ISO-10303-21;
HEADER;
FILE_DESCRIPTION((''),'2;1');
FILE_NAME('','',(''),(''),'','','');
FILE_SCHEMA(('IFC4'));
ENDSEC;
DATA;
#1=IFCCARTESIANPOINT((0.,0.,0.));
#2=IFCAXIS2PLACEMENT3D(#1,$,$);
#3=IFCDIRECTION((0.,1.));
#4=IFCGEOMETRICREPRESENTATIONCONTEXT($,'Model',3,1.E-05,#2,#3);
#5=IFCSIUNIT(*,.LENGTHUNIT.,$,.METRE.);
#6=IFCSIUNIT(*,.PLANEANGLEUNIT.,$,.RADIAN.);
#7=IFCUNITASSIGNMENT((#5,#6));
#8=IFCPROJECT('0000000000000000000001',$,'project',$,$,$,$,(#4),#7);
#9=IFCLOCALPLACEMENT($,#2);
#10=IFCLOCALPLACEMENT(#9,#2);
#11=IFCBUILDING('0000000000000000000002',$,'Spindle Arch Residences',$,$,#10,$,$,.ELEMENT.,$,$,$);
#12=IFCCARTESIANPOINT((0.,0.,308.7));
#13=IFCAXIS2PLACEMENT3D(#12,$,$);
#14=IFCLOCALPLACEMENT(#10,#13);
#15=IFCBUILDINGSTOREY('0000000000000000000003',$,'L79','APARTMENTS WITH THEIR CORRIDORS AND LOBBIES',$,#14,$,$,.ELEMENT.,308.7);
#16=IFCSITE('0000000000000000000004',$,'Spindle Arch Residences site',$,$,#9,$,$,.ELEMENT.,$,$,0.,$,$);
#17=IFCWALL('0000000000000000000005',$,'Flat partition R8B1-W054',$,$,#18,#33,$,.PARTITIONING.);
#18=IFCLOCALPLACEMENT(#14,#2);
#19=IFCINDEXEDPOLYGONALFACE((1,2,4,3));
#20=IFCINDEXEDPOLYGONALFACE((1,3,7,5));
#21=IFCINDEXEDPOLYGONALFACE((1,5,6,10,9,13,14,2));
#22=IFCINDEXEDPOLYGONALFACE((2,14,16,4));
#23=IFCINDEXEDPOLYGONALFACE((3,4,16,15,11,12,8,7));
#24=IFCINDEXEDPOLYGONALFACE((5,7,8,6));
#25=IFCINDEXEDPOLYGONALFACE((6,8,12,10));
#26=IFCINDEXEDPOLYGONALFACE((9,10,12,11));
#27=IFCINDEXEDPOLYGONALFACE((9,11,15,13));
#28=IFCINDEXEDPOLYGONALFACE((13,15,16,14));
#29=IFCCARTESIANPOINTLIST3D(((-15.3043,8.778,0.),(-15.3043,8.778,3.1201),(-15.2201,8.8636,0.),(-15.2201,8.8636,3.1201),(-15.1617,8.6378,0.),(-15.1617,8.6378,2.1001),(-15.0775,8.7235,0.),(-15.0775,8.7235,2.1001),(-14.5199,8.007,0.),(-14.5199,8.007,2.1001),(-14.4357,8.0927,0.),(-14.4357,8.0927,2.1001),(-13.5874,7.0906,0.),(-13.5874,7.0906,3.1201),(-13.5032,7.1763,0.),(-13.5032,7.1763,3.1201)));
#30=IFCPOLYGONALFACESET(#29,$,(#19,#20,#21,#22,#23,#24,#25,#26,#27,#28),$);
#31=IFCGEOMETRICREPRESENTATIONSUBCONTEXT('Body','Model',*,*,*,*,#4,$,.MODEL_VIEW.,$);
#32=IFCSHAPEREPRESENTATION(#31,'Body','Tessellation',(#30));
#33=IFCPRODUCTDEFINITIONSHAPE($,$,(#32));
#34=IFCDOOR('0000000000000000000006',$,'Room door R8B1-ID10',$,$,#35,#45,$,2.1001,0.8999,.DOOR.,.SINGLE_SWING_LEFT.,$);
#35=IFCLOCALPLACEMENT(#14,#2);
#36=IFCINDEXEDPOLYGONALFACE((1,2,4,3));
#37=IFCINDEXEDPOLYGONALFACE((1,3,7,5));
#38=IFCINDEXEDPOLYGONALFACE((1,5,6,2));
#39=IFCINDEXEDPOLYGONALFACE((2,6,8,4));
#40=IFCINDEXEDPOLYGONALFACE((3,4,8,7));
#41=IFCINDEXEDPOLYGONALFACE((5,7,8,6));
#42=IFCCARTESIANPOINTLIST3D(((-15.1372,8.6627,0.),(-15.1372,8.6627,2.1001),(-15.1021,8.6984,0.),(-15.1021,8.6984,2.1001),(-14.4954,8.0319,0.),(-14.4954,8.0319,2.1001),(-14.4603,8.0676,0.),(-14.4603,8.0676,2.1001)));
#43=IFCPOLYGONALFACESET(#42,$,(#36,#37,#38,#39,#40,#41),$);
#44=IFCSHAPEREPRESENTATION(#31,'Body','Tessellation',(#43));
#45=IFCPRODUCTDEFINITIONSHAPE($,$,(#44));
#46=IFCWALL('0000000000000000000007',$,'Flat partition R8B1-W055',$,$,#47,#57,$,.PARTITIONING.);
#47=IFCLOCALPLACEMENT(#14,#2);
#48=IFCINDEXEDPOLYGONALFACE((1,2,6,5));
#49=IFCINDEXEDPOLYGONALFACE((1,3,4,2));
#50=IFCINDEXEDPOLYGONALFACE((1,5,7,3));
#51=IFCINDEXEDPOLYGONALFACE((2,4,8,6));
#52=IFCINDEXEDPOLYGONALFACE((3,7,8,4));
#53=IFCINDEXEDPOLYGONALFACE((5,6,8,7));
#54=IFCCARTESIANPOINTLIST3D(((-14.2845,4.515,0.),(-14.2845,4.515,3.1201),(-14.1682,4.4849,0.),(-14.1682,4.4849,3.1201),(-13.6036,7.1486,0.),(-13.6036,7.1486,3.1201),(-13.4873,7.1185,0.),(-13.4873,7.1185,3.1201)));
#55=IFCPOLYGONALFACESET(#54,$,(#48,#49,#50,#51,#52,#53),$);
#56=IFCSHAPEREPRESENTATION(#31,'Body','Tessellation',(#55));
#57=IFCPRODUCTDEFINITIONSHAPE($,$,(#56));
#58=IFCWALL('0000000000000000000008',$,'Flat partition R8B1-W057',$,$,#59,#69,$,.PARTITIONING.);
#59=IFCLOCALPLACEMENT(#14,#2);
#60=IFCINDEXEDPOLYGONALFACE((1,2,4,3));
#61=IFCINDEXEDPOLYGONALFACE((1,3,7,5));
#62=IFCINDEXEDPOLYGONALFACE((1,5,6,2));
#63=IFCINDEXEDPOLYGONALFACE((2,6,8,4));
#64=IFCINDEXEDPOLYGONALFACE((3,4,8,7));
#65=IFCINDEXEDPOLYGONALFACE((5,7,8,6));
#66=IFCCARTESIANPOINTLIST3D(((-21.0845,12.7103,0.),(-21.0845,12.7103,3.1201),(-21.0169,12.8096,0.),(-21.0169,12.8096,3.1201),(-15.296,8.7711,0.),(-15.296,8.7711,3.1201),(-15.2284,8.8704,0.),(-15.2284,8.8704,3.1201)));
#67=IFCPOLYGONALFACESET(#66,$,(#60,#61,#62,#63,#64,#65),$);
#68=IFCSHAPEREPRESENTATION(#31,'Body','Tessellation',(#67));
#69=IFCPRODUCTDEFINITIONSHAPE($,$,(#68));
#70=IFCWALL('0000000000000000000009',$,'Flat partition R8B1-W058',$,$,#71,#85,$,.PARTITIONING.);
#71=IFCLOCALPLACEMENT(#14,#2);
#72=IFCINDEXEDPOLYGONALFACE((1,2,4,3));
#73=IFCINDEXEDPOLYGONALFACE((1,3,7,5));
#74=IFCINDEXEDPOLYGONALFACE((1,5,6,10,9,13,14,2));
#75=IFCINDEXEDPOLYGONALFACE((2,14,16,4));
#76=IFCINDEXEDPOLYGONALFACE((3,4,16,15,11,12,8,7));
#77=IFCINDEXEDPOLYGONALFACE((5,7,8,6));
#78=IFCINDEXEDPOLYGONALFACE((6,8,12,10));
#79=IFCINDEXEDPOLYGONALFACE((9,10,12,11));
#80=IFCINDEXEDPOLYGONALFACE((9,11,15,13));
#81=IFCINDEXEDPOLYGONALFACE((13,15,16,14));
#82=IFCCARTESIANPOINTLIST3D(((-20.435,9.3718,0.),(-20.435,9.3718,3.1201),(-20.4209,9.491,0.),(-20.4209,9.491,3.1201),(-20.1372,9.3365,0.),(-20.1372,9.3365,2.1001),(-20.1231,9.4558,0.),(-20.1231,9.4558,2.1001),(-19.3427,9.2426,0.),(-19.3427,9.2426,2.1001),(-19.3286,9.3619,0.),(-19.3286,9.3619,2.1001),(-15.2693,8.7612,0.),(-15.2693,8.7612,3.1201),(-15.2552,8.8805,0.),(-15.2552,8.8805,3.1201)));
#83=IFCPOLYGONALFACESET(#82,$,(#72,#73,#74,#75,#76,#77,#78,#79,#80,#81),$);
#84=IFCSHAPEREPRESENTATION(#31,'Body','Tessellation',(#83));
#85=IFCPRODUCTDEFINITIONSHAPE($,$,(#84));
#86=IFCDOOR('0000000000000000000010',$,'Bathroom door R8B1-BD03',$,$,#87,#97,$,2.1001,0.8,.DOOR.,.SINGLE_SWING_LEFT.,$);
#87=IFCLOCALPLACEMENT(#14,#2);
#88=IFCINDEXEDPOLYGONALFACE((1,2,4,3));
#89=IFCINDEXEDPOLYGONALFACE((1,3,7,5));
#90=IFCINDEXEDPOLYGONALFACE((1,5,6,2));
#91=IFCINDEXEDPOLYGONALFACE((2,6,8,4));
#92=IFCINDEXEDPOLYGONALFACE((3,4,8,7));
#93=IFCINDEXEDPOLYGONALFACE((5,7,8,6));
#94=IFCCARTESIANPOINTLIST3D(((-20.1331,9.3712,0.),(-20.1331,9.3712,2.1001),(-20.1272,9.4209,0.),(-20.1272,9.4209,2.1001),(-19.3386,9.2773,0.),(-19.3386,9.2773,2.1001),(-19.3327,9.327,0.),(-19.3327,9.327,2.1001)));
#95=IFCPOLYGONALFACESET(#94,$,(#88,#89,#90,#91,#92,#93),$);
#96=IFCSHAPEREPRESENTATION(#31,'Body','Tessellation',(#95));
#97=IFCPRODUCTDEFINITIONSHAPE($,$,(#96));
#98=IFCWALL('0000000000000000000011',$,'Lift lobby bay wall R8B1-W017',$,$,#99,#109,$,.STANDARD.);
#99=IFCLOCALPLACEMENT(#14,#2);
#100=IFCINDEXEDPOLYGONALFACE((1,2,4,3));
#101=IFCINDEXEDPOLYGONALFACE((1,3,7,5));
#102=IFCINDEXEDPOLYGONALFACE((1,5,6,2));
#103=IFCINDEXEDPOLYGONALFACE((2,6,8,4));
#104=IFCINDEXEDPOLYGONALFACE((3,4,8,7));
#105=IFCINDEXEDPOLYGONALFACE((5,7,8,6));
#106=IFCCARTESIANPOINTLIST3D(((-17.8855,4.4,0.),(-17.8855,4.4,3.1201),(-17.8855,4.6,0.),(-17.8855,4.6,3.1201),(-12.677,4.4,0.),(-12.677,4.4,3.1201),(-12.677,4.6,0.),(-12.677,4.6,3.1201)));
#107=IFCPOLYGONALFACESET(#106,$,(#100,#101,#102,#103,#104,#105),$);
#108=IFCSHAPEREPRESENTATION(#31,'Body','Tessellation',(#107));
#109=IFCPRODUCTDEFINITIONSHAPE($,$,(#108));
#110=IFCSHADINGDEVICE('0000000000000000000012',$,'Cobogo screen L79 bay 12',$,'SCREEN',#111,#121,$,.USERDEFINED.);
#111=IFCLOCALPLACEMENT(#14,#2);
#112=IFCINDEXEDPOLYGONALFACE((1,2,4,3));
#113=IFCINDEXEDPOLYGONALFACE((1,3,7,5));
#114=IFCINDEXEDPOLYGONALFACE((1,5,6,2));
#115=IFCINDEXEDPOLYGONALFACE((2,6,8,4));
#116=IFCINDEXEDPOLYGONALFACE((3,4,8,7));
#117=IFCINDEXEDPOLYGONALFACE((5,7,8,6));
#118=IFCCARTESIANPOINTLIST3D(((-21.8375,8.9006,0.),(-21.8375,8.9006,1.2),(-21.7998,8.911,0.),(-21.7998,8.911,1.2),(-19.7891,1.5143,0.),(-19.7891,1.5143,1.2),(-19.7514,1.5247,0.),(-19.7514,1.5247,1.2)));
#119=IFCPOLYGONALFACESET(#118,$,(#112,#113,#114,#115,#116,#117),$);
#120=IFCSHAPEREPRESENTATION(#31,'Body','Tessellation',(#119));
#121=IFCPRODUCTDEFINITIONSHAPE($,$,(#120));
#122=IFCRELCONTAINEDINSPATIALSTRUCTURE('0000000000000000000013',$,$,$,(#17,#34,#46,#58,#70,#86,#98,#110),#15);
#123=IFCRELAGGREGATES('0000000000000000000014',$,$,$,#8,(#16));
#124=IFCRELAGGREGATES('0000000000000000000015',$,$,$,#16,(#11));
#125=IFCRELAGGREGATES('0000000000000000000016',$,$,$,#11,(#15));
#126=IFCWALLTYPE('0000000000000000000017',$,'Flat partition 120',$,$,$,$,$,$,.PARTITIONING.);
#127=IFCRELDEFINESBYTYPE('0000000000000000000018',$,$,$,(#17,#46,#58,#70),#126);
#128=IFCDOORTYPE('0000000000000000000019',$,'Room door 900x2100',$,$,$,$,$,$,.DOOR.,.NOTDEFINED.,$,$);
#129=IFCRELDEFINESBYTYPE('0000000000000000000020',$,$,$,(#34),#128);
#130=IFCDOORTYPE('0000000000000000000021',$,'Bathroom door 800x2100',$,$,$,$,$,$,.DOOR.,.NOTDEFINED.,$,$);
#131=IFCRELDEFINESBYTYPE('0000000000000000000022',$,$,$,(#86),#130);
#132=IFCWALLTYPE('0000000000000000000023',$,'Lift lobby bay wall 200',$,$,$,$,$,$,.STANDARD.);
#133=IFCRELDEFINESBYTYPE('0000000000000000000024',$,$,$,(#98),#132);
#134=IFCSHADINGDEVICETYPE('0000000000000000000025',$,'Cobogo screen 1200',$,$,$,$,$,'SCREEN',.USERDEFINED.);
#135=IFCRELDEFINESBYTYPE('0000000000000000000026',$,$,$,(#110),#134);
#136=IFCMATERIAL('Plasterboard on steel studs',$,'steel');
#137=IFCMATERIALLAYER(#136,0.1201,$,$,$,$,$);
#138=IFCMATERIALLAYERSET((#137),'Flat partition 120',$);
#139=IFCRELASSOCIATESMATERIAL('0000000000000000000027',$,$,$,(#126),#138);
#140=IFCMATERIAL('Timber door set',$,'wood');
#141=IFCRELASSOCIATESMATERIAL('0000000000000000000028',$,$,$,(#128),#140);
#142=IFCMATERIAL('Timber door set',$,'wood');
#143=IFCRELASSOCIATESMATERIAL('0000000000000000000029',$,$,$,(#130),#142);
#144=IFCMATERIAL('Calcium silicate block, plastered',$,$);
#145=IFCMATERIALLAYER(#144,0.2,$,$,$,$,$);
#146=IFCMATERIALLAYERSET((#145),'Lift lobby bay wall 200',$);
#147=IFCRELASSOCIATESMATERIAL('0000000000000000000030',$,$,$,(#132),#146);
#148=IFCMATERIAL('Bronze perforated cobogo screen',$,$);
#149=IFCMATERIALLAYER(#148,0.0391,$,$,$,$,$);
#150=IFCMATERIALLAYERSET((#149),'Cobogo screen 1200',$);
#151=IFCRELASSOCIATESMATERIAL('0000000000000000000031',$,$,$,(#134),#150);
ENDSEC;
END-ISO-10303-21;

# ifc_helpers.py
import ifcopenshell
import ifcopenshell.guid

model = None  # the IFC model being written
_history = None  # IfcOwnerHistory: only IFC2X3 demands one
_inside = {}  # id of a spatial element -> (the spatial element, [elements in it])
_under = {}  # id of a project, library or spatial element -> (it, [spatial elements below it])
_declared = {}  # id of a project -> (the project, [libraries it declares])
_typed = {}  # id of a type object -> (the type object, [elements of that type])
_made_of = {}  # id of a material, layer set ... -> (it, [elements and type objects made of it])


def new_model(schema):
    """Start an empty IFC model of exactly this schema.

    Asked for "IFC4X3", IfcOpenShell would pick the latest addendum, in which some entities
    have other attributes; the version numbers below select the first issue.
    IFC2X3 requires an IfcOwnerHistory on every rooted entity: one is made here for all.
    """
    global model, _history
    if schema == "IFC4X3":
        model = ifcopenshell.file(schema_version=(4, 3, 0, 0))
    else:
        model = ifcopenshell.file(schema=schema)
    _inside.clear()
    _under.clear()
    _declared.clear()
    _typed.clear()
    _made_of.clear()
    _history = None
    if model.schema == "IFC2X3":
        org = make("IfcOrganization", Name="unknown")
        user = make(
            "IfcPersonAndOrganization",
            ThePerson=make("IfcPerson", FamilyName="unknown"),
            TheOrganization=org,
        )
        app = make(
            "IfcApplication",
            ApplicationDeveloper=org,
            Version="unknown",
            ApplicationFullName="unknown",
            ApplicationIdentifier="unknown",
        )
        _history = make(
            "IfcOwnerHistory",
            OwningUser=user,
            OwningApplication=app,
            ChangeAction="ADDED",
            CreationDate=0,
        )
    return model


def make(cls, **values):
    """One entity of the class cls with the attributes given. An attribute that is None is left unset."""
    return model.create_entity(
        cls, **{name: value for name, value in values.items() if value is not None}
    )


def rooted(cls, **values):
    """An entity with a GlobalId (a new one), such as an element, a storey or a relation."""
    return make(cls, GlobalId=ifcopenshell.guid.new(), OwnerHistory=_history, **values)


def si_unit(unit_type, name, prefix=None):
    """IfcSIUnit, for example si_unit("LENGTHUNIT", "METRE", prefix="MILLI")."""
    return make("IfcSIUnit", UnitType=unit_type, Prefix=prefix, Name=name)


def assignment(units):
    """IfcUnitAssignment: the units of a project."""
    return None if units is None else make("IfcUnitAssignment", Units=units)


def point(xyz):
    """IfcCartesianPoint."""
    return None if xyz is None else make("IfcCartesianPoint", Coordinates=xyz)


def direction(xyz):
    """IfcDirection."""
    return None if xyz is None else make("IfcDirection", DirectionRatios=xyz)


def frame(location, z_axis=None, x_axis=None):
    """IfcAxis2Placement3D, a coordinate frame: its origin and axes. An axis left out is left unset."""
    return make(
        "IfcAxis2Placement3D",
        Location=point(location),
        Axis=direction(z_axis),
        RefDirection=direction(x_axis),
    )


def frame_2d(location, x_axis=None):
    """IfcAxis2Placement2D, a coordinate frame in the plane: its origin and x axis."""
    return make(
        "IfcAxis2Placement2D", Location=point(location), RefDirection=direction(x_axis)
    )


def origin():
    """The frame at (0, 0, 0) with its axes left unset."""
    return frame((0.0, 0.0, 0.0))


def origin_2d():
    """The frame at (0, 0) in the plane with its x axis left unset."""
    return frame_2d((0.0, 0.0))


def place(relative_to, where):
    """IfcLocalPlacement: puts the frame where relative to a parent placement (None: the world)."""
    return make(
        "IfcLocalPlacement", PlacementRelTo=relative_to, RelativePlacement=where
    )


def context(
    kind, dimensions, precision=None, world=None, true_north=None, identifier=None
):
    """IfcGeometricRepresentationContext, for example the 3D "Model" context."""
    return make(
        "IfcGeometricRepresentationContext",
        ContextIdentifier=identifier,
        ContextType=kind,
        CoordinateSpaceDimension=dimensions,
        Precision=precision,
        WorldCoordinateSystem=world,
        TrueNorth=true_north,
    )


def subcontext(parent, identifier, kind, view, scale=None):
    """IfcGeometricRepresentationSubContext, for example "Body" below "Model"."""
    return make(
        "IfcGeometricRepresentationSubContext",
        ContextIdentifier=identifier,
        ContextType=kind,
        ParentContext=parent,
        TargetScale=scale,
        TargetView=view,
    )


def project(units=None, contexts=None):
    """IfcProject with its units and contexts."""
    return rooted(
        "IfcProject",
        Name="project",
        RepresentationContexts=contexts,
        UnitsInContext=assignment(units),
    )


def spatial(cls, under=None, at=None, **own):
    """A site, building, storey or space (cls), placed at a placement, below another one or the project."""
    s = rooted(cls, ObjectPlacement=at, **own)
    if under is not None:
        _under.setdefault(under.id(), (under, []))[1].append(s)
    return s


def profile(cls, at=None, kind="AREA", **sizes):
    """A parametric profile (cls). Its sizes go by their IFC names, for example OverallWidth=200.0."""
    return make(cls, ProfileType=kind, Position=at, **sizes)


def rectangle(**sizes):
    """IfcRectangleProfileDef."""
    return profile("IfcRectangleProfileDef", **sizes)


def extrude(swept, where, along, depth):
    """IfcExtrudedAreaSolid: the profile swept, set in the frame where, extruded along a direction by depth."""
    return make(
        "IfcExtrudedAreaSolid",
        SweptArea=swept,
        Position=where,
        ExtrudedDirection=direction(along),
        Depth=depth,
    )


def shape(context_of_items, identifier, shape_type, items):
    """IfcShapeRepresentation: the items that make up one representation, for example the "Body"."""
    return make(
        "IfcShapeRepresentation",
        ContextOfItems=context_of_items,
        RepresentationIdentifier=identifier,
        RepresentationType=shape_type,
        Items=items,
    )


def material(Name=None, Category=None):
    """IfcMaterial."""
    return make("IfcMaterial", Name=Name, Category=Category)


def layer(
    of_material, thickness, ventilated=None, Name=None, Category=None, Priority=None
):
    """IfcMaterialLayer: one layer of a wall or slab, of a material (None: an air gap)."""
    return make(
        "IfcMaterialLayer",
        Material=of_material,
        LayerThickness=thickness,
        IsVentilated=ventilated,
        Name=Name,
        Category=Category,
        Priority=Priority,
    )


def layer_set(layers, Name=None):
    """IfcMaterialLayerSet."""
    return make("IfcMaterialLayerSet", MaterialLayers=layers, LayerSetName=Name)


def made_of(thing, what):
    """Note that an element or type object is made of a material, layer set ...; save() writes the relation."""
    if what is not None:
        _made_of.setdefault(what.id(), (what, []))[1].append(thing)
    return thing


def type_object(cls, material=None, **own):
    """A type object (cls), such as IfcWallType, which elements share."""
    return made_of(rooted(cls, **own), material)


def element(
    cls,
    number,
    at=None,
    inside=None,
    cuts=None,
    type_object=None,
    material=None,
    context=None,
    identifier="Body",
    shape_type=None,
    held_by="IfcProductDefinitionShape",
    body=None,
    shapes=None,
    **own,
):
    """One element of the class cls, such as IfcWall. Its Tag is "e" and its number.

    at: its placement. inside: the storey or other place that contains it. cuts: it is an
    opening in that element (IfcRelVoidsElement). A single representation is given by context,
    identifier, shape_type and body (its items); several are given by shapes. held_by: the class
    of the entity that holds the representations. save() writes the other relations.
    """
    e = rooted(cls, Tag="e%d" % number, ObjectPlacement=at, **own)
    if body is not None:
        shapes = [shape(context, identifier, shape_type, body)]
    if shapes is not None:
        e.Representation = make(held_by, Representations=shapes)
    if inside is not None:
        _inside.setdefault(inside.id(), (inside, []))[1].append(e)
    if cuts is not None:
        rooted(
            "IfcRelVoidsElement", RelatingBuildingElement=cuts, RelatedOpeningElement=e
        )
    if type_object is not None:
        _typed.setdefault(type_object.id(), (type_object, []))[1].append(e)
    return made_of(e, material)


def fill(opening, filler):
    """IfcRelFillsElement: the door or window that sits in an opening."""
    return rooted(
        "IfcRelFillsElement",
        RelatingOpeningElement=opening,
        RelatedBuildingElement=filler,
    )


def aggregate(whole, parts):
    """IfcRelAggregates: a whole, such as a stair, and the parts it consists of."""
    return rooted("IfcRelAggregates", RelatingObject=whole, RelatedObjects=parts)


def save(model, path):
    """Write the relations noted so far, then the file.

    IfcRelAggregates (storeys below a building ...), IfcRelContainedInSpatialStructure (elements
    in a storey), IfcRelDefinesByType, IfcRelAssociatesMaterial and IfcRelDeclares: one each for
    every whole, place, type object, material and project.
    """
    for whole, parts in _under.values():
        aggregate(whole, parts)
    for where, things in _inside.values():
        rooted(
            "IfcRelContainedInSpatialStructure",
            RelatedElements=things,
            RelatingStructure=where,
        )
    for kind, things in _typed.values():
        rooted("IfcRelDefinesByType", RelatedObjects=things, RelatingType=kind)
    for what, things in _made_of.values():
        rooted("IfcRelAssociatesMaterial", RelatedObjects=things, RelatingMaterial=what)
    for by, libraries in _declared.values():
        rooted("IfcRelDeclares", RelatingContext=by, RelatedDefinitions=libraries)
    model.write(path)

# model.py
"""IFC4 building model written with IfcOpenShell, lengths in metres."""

from ifc_helpers import new_model, si_unit, direction, frame, frame_2d, origin, origin_2d, place, context, subcontext, project, spatial, rectangle, extrude, material, layer, layer_set, type_object, element, fill, save


model = new_model("IFC4")

# Units and contexts
model_context = context("Model", 3, precision=1e-05, world=origin(), true_north=direction((0.0, 1.0)))
body_context = subcontext(model_context, "Body", "Model", "MODEL_VIEW")
ifc_project = project(units=[si_unit("LENGTHUNIT", "METRE"), si_unit("PLANEANGLEUNIT", "RADIAN")], contexts=[model_context])

# Site, building, storey
site_placement = place(None, origin())
site = spatial("IfcSite", under=ifc_project, at=site_placement, Name="Spindle Arch Residences site", CompositionType="ELEMENT", RefElevation=0.0)
building_placement = place(site_placement, origin())
building = spatial("IfcBuilding", under=site, at=building_placement, Name="Spindle Arch Residences", CompositionType="ELEMENT")
storey_placement = place(building_placement, frame((0.0, 0.0, 308.7)))
storey = spatial("IfcBuildingStorey", under=building, at=storey_placement, Name="L79", Description="APARTMENTS WITH THEIR CORRIDORS AND LOBBIES", CompositionType="ELEMENT", Elevation=308.7)

# Shared definitions
ifc_material_1 = material(Name="Plasterboard on steel studs", Category="steel")
ifc_layer_1 = layer(ifc_material_1, 0.1201)
ifc_layer_set_1 = layer_set([ifc_layer_1], Name="Flat partition 120")
wall_type_1 = type_object("IfcWallType", Name="Flat partition 120", PredefinedType="PARTITIONING", material=ifc_layer_set_1)

# Wall, opening, door
wall_1_placement = place(storey_placement, frame((-15.2622, 8.8208, 0.0), z_axis=(0.0, 0.0, 1.0), x_axis=(0.713216, -0.700944, 0.0)))
wall_1 = element("IfcWall", 1, at=wall_1_placement, inside=storey, type_object=wall_type_1, Name="Flat partition R8B1-W054", PredefinedType="PARTITIONING", context=body_context, shape_type="SweptSolid", body=[
    extrude(rectangle(XDim=2.4072, YDim=0.1201, at=frame_2d((1.2036, 0.0))), origin(), (0.0, 0.0, 1.0), 3.1201),
])
opening_1_placement = place(wall_1_placement, frame((0.2, 0.0, 0.0)))
opening_1 = element("IfcOpeningElement", 2, at=opening_1_placement, cuts=wall_1, PredefinedType="OPENING", context=body_context, shape_type="SweptSolid", body=[
    extrude(rectangle(XDim=0.8999, YDim=2.1001, at=frame_2d((0.45, 1.05))), frame((0.0, 0.0701, 0.0), z_axis=(0.0, -1.0, 0.0), x_axis=(1.0, 0.0, 0.0)), (0.0, 0.0, 1.0), 0.1401),
])
ifc_material_2 = material(Name="Timber door set", Category="wood")
door_type_1 = type_object("IfcDoorType", Name="Room door 900x2100", OperationType="NOTDEFINED", PredefinedType="DOOR", material=ifc_material_2)
door_1_placement = place(opening_1_placement, origin())
door_1 = element("IfcDoor", 3, at=door_1_placement, inside=storey, type_object=door_type_1, Name="Room door R8B1-ID10", OperationType="SINGLE_SWING_LEFT", OverallHeight=2.1001, OverallWidth=0.8999, PredefinedType="DOOR", context=body_context, shape_type="SweptSolid", body=[
    extrude(rectangle(XDim=0.8999, YDim=2.1001, at=frame_2d((0.45, 1.05))), frame((0.0, 0.0249, 0.0), z_axis=(0.0, -1.0, 0.0), x_axis=(1.0, 0.0, 0.0)), (0.0, 0.0, 1.0), 0.05),
])
fill(opening_1, door_1)

# Walls
wall_2_placement = place(storey_placement, frame((-13.5454, 7.1335, 0.0), z_axis=(0.0, 0.0, 1.0), x_axis=(-0.25032, -0.968163, 0.0)))
element("IfcWall", 4, at=wall_2_placement, inside=storey, type_object=wall_type_1, Name="Flat partition R8B1-W055", PredefinedType="PARTITIONING", context=body_context, shape_type="SweptSolid", body=[
    extrude(rectangle(XDim=2.7202, YDim=0.1201, at=frame_2d((1.3601, 0.0))), origin(), (0.0, 0.0, 1.0), 3.1201),
])
wall_3_placement = place(storey_placement, frame((-21.0508, 12.76, 0.0), z_axis=(0.0, 0.0, 1.0), x_axis=(0.826729, -0.562601, 0.0)))
element("IfcWall", 5, at=wall_3_placement, inside=storey, type_object=wall_type_1, Name="Flat partition R8B1-W057", PredefinedType="PARTITIONING", context=body_context, shape_type="SweptSolid", body=[
    extrude(rectangle(XDim=7.0017, YDim=0.1201, at=frame_2d((3.501, 0.0))), origin(), (0.0, 0.0, 1.0), 3.1201),
])

# Wall, opening, door
wall_4_placement = place(storey_placement, frame((-20.428, 9.4314, 0.0), z_axis=(0.0, 0.0, 1.0), x_axis=(0.993087, -0.117383, 0.0)))
wall_4 = element("IfcWall", 6, at=wall_4_placement, inside=storey, type_object=wall_type_1, Name="Flat partition R8B1-W058", PredefinedType="PARTITIONING", context=body_context, shape_type="SweptSolid", body=[
    extrude(rectangle(XDim=5.2017, YDim=0.1201, at=frame_2d((2.6008, 0.0))), origin(), (0.0, 0.0, 1.0), 3.1201),
])
opening_2_placement = place(wall_4_placement, frame((0.3, 0.0, 0.0)))
opening_2 = element("IfcOpeningElement", 7, at=opening_2_placement, cuts=wall_4, PredefinedType="OPENING", context=body_context, shape_type="SweptSolid", body=[
    extrude(rectangle(XDim=0.8, YDim=2.1001, at=frame_2d((0.3999, 1.05))), frame((0.0, 0.0701, 0.0), z_axis=(0.0, -1.0, 0.0), x_axis=(1.0, 0.0, 0.0)), (0.0, 0.0, 1.0), 0.1401),
])
ifc_material_3 = material(Name="Timber door set", Category="wood")
door_type_2 = type_object("IfcDoorType", Name="Bathroom door 800x2100", OperationType="NOTDEFINED", PredefinedType="DOOR", material=ifc_material_3)
door_2_placement = place(opening_2_placement, origin())
door_2 = element("IfcDoor", 8, at=door_2_placement, inside=storey, type_object=door_type_2, Name="Bathroom door R8B1-BD03", OperationType="SINGLE_SWING_LEFT", OverallHeight=2.1001, OverallWidth=0.8, PredefinedType="DOOR", context=body_context, shape_type="SweptSolid", body=[
    extrude(rectangle(XDim=0.8, YDim=2.1001, at=frame_2d((0.3999, 1.05))), frame((0.0, 0.0249, 0.0), z_axis=(0.0, -1.0, 0.0), x_axis=(1.0, 0.0, 0.0)), (0.0, 0.0, 1.0), 0.05),
])
fill(opening_2, door_2)

# Wall
ifc_material_4 = material(Name="Calcium silicate block, plastered")
ifc_layer_2 = layer(ifc_material_4, 0.2)
ifc_layer_set_2 = layer_set([ifc_layer_2], Name="Lift lobby bay wall 200")
wall_type_2 = type_object("IfcWallType", Name="Lift lobby bay wall 200", PredefinedType="STANDARD", material=ifc_layer_set_2)
wall_5_placement = place(storey_placement, frame((-12.677, 4.5, 0.0), z_axis=(0.0, 0.0, 1.0), x_axis=(-1.0, 0.0, 0.0)))
element("IfcWall", 9, at=wall_5_placement, inside=storey, type_object=wall_type_2, Name="Lift lobby bay wall R8B1-W017", PredefinedType="STANDARD", context=body_context, shape_type="SweptSolid", body=[
    extrude(rectangle(XDim=5.2085, YDim=0.2, at=frame_2d((2.6042, 0.0))), origin(), (0.0, 0.0, 1.0), 3.1201),
])

# Shading device
ifc_material_5 = material(Name="Bronze perforated cobogo screen")
ifc_layer_3 = layer(ifc_material_5, 0.0391)
ifc_layer_set_3 = layer_set([ifc_layer_3], Name="Cobogo screen 1200")
shading_device_type = type_object("IfcShadingDeviceType", Name="Cobogo screen 1200", ElementType="SCREEN", PredefinedType="USERDEFINED", material=ifc_layer_set_3)
shading_device_placement = place(storey_placement, frame((-20.7944, 5.2126, 0.0), z_axis=(0.0, 0.0, 1.0), x_axis=(0.267238, -0.96363, 0.0)))
element("IfcShadingDevice", 10, at=shading_device_placement, inside=storey, type_object=shading_device_type, Name="Cobogo screen L79 bay 12", ObjectType="SCREEN", PredefinedType="USERDEFINED", context=body_context, shape_type="SweptSolid", body=[
    extrude(rectangle(XDim=7.665, YDim=0.0391, at=origin_2d()), origin(), (0.0, 0.0, 1.0), 1.2),
])

save(model, "model.ifc")
